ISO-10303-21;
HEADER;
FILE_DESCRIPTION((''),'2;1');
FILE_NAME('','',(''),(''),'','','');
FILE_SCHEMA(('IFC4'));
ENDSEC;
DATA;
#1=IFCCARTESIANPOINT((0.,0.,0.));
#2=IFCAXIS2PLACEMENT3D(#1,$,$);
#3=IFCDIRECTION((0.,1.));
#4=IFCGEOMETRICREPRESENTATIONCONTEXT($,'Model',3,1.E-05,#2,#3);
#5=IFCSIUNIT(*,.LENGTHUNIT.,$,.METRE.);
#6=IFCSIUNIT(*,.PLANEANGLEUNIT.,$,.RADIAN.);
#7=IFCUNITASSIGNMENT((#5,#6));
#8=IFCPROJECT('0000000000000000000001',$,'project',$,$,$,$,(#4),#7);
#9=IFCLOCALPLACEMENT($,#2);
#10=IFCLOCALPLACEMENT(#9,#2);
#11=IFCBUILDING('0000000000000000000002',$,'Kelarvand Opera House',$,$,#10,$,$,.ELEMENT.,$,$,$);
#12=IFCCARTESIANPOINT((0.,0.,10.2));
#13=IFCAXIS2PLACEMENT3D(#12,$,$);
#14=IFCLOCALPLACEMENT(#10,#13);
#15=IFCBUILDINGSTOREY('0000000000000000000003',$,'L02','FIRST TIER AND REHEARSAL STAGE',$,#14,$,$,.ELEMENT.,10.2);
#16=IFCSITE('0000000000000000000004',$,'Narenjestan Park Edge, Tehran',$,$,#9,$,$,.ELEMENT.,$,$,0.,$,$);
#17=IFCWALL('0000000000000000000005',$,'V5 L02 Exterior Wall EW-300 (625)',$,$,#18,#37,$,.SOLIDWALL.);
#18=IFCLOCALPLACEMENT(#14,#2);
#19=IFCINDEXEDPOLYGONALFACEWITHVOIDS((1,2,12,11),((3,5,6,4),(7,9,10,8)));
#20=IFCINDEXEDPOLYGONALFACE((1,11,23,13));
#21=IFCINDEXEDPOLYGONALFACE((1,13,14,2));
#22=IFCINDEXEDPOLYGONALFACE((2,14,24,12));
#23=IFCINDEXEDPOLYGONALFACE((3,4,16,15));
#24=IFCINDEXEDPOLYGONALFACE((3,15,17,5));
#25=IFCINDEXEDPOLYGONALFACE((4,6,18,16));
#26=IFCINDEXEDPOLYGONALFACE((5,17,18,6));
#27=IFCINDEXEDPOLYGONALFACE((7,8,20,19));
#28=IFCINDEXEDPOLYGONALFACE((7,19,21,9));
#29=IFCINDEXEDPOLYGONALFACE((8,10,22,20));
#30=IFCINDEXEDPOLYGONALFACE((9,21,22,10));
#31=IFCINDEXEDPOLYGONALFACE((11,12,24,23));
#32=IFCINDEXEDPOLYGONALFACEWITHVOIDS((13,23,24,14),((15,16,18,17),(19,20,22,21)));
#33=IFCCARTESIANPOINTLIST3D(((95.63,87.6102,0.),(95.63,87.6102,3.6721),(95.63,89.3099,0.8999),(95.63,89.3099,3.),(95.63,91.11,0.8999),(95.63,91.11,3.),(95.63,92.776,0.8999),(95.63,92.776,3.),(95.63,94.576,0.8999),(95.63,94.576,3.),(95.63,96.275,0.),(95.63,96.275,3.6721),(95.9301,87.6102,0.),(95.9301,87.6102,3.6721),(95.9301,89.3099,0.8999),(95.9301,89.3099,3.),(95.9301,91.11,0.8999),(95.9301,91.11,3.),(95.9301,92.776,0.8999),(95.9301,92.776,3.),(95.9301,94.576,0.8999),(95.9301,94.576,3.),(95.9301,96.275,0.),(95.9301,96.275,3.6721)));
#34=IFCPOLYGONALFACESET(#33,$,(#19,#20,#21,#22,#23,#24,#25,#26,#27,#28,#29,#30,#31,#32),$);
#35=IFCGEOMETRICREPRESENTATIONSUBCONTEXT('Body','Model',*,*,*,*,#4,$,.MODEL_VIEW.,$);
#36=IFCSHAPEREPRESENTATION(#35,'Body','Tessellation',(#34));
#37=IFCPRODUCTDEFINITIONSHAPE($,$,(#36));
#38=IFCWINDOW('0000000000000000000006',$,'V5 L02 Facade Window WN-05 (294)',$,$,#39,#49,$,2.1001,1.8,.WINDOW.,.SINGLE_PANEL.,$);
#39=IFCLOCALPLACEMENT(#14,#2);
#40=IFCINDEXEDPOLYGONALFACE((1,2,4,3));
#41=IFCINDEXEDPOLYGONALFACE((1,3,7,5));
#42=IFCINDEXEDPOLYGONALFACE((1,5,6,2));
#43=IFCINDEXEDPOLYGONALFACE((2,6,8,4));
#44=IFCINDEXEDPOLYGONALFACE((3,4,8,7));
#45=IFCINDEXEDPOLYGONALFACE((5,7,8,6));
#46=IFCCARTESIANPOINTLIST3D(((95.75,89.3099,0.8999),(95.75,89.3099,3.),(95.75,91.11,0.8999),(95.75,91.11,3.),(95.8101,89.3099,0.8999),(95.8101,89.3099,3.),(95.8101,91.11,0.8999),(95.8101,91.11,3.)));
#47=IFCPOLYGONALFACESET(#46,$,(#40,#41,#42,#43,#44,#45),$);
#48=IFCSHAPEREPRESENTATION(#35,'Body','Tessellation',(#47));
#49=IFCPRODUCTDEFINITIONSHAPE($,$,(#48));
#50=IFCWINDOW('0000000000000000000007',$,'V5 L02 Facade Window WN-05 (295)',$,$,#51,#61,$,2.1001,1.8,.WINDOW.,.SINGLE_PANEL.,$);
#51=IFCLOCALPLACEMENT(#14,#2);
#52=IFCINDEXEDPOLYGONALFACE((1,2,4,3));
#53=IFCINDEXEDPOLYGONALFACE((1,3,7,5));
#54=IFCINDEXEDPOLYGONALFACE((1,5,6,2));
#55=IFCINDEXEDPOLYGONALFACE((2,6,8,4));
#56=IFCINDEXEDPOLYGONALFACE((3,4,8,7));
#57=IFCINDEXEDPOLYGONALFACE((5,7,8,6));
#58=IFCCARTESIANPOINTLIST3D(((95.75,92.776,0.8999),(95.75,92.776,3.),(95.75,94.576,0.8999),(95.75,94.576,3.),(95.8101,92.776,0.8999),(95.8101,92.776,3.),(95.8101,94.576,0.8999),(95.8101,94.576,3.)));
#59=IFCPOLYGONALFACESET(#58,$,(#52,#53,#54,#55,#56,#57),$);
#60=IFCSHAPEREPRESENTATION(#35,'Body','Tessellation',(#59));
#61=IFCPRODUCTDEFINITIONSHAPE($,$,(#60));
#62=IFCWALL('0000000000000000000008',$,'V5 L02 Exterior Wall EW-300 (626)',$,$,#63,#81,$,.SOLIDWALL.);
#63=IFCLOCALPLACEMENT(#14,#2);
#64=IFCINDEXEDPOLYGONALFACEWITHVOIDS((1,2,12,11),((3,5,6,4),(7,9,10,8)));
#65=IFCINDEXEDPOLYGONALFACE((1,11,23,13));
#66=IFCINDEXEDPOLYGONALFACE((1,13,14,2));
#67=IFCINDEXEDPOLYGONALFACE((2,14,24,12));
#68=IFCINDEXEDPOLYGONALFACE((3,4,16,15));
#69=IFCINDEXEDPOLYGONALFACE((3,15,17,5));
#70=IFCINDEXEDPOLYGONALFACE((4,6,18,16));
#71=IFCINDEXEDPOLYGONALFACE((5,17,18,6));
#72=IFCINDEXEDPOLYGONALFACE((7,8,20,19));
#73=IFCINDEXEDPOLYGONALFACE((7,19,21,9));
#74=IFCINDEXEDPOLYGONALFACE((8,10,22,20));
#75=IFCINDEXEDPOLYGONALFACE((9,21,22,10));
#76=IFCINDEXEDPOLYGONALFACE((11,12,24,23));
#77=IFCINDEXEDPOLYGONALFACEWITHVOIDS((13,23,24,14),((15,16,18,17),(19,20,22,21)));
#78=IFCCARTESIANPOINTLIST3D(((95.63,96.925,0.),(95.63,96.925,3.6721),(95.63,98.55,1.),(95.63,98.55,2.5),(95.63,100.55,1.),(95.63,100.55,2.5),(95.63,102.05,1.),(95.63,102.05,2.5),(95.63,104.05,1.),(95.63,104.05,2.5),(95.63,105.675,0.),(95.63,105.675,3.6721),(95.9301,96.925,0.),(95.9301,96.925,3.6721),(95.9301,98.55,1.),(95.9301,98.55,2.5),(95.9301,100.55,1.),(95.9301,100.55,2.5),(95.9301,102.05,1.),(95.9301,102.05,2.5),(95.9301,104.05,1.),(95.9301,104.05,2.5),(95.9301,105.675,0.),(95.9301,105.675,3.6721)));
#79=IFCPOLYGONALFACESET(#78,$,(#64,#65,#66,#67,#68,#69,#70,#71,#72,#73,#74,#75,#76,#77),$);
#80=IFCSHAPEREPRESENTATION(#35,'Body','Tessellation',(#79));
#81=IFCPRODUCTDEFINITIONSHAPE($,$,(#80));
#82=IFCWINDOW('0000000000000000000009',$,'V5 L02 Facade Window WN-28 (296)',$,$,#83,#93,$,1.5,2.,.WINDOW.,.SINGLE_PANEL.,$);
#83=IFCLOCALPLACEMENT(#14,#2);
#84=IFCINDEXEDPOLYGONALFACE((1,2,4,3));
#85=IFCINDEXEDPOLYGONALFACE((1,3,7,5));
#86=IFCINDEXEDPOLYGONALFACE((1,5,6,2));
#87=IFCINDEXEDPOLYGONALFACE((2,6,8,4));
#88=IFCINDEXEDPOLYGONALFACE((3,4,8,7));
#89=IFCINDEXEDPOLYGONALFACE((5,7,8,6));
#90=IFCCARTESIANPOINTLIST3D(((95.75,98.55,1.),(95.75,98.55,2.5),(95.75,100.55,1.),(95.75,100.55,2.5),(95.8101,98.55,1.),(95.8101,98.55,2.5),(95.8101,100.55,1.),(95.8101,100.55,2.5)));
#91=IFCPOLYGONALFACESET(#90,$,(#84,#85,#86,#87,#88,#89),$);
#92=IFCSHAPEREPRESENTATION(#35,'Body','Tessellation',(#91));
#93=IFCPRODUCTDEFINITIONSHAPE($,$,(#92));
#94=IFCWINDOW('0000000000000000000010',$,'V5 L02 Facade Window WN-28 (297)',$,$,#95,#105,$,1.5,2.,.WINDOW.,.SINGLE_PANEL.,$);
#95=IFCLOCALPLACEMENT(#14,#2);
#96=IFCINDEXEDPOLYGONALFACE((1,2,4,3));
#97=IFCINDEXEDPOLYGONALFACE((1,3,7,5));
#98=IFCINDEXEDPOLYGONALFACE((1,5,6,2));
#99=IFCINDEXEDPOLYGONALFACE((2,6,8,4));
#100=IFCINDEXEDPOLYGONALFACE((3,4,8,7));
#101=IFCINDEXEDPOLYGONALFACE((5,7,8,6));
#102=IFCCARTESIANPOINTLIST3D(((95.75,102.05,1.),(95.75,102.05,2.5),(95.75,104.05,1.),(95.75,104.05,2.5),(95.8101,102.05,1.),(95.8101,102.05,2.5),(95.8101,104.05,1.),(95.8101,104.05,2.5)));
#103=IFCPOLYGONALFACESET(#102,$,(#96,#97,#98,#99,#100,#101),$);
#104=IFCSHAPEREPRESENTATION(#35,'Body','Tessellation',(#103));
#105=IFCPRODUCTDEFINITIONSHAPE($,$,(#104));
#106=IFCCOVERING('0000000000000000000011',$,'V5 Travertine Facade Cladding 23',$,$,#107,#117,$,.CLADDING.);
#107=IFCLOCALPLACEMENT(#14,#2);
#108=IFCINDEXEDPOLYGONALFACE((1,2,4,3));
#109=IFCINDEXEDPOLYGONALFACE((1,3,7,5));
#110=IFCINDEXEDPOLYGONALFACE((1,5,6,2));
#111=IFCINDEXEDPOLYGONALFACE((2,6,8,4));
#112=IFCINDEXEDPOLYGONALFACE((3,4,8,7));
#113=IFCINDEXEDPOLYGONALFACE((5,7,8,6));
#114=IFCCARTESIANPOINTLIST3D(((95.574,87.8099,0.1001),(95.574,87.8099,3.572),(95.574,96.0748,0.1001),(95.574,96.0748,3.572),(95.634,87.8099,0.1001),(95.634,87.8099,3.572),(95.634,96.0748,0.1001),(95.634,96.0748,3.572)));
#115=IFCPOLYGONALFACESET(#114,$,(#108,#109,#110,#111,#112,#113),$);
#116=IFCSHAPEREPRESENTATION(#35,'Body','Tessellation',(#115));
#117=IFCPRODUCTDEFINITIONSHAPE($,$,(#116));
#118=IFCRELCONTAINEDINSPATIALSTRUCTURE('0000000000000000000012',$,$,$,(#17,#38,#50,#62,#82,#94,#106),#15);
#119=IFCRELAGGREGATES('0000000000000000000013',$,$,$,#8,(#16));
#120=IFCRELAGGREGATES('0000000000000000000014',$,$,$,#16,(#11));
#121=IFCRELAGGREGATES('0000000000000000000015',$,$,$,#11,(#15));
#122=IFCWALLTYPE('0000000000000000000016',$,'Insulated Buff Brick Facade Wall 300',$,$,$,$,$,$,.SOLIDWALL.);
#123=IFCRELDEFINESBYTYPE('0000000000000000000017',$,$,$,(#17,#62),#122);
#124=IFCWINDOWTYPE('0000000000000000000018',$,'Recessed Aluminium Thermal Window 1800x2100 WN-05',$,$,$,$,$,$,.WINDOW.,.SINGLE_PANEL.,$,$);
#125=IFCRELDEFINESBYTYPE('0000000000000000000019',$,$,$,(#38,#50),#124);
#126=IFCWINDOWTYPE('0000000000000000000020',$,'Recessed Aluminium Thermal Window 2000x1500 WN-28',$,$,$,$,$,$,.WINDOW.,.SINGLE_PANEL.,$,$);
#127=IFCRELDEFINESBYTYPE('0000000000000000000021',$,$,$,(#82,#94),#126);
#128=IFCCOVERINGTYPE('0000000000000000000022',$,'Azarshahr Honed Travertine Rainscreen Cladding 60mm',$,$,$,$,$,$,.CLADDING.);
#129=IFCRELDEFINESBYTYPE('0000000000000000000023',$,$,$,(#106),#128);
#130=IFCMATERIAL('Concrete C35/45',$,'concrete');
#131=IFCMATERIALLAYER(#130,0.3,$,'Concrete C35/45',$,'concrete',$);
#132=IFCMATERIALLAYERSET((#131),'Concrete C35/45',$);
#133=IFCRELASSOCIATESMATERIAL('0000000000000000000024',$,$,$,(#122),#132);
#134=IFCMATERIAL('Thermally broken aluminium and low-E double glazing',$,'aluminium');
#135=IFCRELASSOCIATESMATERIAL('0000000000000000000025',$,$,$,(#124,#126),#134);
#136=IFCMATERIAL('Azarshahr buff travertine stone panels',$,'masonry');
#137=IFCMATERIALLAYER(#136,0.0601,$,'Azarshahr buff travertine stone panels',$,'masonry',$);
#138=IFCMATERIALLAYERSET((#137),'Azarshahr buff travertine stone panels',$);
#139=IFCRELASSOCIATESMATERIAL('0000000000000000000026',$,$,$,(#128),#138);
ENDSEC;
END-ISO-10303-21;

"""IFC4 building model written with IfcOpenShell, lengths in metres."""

from ifc_helpers import new_model, si_unit, direction, frame, frame_2d, origin, origin_2d, place, context, subcontext, project, spatial, rectangle, extrude, material, layer, layer_set, type_object, element, fill, save


model = new_model("IFC4")

# Units and contexts
model_context = context("Model", 3, precision=1e-05, world=origin(), true_north=direction((0.0, 1.0)))
body_context = subcontext(model_context, "Body", "Model", "MODEL_VIEW")
ifc_project = project(units=[si_unit("LENGTHUNIT", "METRE"), si_unit("PLANEANGLEUNIT", "RADIAN")], contexts=[model_context])

# Site, building, storey
site_placement = place(None, origin())
site = spatial("IfcSite", under=ifc_project, at=site_placement, Name="Narenjestan Park Edge, Tehran", CompositionType="ELEMENT", RefElevation=0.0)
building_placement = place(site_placement, origin())
building = spatial("IfcBuilding", under=site, at=building_placement, Name="Kelarvand Opera House", CompositionType="ELEMENT")
storey_placement = place(building_placement, frame((0.0, 0.0, 10.2)))
storey = spatial("IfcBuildingStorey", under=building, at=storey_placement, Name="L02", Description="FIRST TIER AND REHEARSAL STAGE", CompositionType="ELEMENT", Elevation=10.2)

# Shared definitions
ifc_material_1 = material(Name="Concrete C35/45", Category="concrete")

# Shared definitions
ifc_layer_1 = layer(ifc_material_1, 0.3, Name="Concrete C35/45", Category="concrete")
ifc_layer_set_1 = layer_set([ifc_layer_1], Name="Concrete C35/45")
wall_type_1 = type_object("IfcWallType", Name="Insulated Buff Brick Facade Wall 300", PredefinedType="SOLIDWALL", material=ifc_layer_set_1)

# Walls, openings, windows
wall_1_placement = place(storey_placement, frame((95.78, 87.6101, 0.0), z_axis=(0.0, 0.0, 1.0), x_axis=(0.0, 1.0, 0.0)))
wall_1 = element("IfcWall", 1, at=wall_1_placement, inside=storey, type_object=wall_type_1, Name="V5 L02 Exterior Wall EW-300 (625)", PredefinedType="SOLIDWALL", context=body_context, shape_type="SweptSolid", body=[
    extrude(rectangle(XDim=8.6648, YDim=0.3, at=frame_2d((4.3325, 0.0))), origin(), (0.0, 0.0, 1.0), 3.6721),
])
opening_1_placement = place(wall_1_placement, frame((1.7, 0.0, 0.8999)))
opening_1 = element("IfcOpeningElement", 2, at=opening_1_placement, cuts=wall_1, PredefinedType="OPENING", context=body_context, shape_type="SweptSolid", body=[
    extrude(rectangle(XDim=1.8, YDim=2.1001, at=frame_2d((0.8999, 1.05))), frame((0.0, 0.1602, 0.0), z_axis=(0.0, -1.0, 0.0), x_axis=(1.0, 0.0, 0.0)), (0.0, 0.0, 1.0), 0.3201),
])
opening_2_placement = place(wall_1_placement, frame((5.166, 0.0, 0.8999)))
opening_2 = element("IfcOpeningElement", 3, at=opening_2_placement, cuts=wall_1, PredefinedType="OPENING", context=body_context, shape_type="SweptSolid", body=[
    extrude(rectangle(XDim=1.8, YDim=2.1001, at=frame_2d((0.8999, 1.05))), frame((0.0, 0.1602, 0.0), z_axis=(0.0, -1.0, 0.0), x_axis=(1.0, 0.0, 0.0)), (0.0, 0.0, 1.0), 0.3201),
])
ifc_material_2 = material(Name="Thermally broken aluminium and low-E double glazing", Category="aluminium")
window_type_1 = type_object("IfcWindowType", Name="Recessed Aluminium Thermal Window 1800x2100 WN-05", PartitioningType="SINGLE_PANEL", PredefinedType="WINDOW", material=ifc_material_2)
window_1_placement = place(opening_1_placement, origin())
window_1 = element("IfcWindow", 4, at=window_1_placement, inside=storey, type_object=window_type_1, Name="V5 L02 Facade Window WN-05 (294)", OverallHeight=2.1001, OverallWidth=1.8, PartitioningType="SINGLE_PANEL", PredefinedType="WINDOW", context=body_context, shape_type="SweptSolid", body=[
    extrude(rectangle(XDim=1.8, YDim=2.1001, at=frame_2d((0.8999, 1.05))), frame((0.0, 0.03, 0.0), z_axis=(0.0, -1.0, 0.0), x_axis=(1.0, 0.0, 0.0)), (0.0, 0.0, 1.0), 0.0601),
])
fill(opening_1, window_1)
window_2_placement = place(opening_2_placement, origin())
window_2 = element("IfcWindow", 5, at=window_2_placement, inside=storey, type_object=window_type_1, Name="V5 L02 Facade Window WN-05 (295)", OverallHeight=2.1001, OverallWidth=1.8, PartitioningType="SINGLE_PANEL", PredefinedType="WINDOW", context=body_context, shape_type="SweptSolid", body=[
    extrude(rectangle(XDim=1.8, YDim=2.1001, at=frame_2d((0.8999, 1.05))), frame((0.0, 0.03, 0.0), z_axis=(0.0, -1.0, 0.0), x_axis=(1.0, 0.0, 0.0)), (0.0, 0.0, 1.0), 0.0601),
])
fill(opening_2, window_2)
wall_2_placement = place(storey_placement, frame((95.78, 96.925, 0.0), z_axis=(0.0, 0.0, 1.0), x_axis=(0.0, 1.0, 0.0)))
wall_2 = element("IfcWall", 6, at=wall_2_placement, inside=storey, type_object=wall_type_1, Name="V5 L02 Exterior Wall EW-300 (626)", PredefinedType="SOLIDWALL", context=body_context, shape_type="SweptSolid", body=[
    extrude(rectangle(XDim=8.75, YDim=0.3, at=frame_2d((4.375, 0.0))), origin(), (0.0, 0.0, 1.0), 3.6721),
])
opening_3_placement = place(wall_2_placement, frame((1.625, 0.0, 1.0)))
opening_3 = element("IfcOpeningElement", 7, at=opening_3_placement, cuts=wall_2, PredefinedType="OPENING", context=body_context, shape_type="SweptSolid", body=[
    extrude(rectangle(XDim=2.0, YDim=1.5, at=frame_2d((1.0, 0.75))), frame((0.0, 0.1602, 0.0), z_axis=(0.0, -1.0, 0.0), x_axis=(1.0, 0.0, 0.0)), (0.0, 0.0, 1.0), 0.3201),
])
opening_4_placement = place(wall_2_placement, frame((5.125, 0.0, 1.0)))
opening_4 = element("IfcOpeningElement", 8, at=opening_4_placement, cuts=wall_2, PredefinedType="OPENING", context=body_context, shape_type="SweptSolid", body=[
    extrude(rectangle(XDim=2.0, YDim=1.5, at=frame_2d((1.0, 0.75))), frame((0.0, 0.1602, 0.0), z_axis=(0.0, -1.0, 0.0), x_axis=(1.0, 0.0, 0.0)), (0.0, 0.0, 1.0), 0.3201),
])
window_type_2 = type_object("IfcWindowType", Name="Recessed Aluminium Thermal Window 2000x1500 WN-28", PartitioningType="SINGLE_PANEL", PredefinedType="WINDOW", material=ifc_material_2)
window_3_placement = place(opening_3_placement, origin())
window_3 = element("IfcWindow", 9, at=window_3_placement, inside=storey, type_object=window_type_2, Name="V5 L02 Facade Window WN-28 (296)", OverallHeight=1.5, OverallWidth=2.0, PartitioningType="SINGLE_PANEL", PredefinedType="WINDOW", context=body_context, shape_type="SweptSolid", body=[
    extrude(rectangle(XDim=2.0, YDim=1.5, at=frame_2d((1.0, 0.75))), frame((0.0, 0.03, 0.0), z_axis=(0.0, -1.0, 0.0), x_axis=(1.0, 0.0, 0.0)), (0.0, 0.0, 1.0), 0.0601),
])
fill(opening_3, window_3)
window_4_placement = place(opening_4_placement, origin())
window_4 = element("IfcWindow", 10, at=window_4_placement, inside=storey, type_object=window_type_2, Name="V5 L02 Facade Window WN-28 (297)", OverallHeight=1.5, OverallWidth=2.0, PartitioningType="SINGLE_PANEL", PredefinedType="WINDOW", context=body_context, shape_type="SweptSolid", body=[
    extrude(rectangle(XDim=2.0, YDim=1.5, at=frame_2d((1.0, 0.75))), frame((0.0, 0.03, 0.0), z_axis=(0.0, -1.0, 0.0), x_axis=(1.0, 0.0, 0.0)), (0.0, 0.0, 1.0), 0.0601),
])
fill(opening_4, window_4)

# Covering
ifc_material_3 = material(Name="Azarshahr buff travertine stone panels", Category="masonry")
ifc_layer_2 = layer(ifc_material_3, 0.0601, Name="Azarshahr buff travertine stone panels", Category="masonry")
ifc_layer_set_2 = layer_set([ifc_layer_2], Name="Azarshahr buff travertine stone panels")
covering_type = type_object("IfcCoveringType", Name="Azarshahr Honed Travertine Rainscreen Cladding 60mm", PredefinedType="CLADDING", material=ifc_layer_set_2)
covering_placement = place(storey_placement, frame((95.604, 91.9424, 0.1001), z_axis=(0.0, 0.0, 1.0), x_axis=(0.0, 1.0, 0.0)))
element("IfcCovering", 11, at=covering_placement, inside=storey, type_object=covering_type, Name="V5 Travertine Facade Cladding 23", PredefinedType="CLADDING", context=body_context, shape_type="SweptSolid", body=[
    extrude(rectangle(XDim=8.2649, YDim=0.0601, at=origin_2d()), origin(), (0.0, 0.0, 1.0), 3.4719),
])

save(model, "model.ifc")
